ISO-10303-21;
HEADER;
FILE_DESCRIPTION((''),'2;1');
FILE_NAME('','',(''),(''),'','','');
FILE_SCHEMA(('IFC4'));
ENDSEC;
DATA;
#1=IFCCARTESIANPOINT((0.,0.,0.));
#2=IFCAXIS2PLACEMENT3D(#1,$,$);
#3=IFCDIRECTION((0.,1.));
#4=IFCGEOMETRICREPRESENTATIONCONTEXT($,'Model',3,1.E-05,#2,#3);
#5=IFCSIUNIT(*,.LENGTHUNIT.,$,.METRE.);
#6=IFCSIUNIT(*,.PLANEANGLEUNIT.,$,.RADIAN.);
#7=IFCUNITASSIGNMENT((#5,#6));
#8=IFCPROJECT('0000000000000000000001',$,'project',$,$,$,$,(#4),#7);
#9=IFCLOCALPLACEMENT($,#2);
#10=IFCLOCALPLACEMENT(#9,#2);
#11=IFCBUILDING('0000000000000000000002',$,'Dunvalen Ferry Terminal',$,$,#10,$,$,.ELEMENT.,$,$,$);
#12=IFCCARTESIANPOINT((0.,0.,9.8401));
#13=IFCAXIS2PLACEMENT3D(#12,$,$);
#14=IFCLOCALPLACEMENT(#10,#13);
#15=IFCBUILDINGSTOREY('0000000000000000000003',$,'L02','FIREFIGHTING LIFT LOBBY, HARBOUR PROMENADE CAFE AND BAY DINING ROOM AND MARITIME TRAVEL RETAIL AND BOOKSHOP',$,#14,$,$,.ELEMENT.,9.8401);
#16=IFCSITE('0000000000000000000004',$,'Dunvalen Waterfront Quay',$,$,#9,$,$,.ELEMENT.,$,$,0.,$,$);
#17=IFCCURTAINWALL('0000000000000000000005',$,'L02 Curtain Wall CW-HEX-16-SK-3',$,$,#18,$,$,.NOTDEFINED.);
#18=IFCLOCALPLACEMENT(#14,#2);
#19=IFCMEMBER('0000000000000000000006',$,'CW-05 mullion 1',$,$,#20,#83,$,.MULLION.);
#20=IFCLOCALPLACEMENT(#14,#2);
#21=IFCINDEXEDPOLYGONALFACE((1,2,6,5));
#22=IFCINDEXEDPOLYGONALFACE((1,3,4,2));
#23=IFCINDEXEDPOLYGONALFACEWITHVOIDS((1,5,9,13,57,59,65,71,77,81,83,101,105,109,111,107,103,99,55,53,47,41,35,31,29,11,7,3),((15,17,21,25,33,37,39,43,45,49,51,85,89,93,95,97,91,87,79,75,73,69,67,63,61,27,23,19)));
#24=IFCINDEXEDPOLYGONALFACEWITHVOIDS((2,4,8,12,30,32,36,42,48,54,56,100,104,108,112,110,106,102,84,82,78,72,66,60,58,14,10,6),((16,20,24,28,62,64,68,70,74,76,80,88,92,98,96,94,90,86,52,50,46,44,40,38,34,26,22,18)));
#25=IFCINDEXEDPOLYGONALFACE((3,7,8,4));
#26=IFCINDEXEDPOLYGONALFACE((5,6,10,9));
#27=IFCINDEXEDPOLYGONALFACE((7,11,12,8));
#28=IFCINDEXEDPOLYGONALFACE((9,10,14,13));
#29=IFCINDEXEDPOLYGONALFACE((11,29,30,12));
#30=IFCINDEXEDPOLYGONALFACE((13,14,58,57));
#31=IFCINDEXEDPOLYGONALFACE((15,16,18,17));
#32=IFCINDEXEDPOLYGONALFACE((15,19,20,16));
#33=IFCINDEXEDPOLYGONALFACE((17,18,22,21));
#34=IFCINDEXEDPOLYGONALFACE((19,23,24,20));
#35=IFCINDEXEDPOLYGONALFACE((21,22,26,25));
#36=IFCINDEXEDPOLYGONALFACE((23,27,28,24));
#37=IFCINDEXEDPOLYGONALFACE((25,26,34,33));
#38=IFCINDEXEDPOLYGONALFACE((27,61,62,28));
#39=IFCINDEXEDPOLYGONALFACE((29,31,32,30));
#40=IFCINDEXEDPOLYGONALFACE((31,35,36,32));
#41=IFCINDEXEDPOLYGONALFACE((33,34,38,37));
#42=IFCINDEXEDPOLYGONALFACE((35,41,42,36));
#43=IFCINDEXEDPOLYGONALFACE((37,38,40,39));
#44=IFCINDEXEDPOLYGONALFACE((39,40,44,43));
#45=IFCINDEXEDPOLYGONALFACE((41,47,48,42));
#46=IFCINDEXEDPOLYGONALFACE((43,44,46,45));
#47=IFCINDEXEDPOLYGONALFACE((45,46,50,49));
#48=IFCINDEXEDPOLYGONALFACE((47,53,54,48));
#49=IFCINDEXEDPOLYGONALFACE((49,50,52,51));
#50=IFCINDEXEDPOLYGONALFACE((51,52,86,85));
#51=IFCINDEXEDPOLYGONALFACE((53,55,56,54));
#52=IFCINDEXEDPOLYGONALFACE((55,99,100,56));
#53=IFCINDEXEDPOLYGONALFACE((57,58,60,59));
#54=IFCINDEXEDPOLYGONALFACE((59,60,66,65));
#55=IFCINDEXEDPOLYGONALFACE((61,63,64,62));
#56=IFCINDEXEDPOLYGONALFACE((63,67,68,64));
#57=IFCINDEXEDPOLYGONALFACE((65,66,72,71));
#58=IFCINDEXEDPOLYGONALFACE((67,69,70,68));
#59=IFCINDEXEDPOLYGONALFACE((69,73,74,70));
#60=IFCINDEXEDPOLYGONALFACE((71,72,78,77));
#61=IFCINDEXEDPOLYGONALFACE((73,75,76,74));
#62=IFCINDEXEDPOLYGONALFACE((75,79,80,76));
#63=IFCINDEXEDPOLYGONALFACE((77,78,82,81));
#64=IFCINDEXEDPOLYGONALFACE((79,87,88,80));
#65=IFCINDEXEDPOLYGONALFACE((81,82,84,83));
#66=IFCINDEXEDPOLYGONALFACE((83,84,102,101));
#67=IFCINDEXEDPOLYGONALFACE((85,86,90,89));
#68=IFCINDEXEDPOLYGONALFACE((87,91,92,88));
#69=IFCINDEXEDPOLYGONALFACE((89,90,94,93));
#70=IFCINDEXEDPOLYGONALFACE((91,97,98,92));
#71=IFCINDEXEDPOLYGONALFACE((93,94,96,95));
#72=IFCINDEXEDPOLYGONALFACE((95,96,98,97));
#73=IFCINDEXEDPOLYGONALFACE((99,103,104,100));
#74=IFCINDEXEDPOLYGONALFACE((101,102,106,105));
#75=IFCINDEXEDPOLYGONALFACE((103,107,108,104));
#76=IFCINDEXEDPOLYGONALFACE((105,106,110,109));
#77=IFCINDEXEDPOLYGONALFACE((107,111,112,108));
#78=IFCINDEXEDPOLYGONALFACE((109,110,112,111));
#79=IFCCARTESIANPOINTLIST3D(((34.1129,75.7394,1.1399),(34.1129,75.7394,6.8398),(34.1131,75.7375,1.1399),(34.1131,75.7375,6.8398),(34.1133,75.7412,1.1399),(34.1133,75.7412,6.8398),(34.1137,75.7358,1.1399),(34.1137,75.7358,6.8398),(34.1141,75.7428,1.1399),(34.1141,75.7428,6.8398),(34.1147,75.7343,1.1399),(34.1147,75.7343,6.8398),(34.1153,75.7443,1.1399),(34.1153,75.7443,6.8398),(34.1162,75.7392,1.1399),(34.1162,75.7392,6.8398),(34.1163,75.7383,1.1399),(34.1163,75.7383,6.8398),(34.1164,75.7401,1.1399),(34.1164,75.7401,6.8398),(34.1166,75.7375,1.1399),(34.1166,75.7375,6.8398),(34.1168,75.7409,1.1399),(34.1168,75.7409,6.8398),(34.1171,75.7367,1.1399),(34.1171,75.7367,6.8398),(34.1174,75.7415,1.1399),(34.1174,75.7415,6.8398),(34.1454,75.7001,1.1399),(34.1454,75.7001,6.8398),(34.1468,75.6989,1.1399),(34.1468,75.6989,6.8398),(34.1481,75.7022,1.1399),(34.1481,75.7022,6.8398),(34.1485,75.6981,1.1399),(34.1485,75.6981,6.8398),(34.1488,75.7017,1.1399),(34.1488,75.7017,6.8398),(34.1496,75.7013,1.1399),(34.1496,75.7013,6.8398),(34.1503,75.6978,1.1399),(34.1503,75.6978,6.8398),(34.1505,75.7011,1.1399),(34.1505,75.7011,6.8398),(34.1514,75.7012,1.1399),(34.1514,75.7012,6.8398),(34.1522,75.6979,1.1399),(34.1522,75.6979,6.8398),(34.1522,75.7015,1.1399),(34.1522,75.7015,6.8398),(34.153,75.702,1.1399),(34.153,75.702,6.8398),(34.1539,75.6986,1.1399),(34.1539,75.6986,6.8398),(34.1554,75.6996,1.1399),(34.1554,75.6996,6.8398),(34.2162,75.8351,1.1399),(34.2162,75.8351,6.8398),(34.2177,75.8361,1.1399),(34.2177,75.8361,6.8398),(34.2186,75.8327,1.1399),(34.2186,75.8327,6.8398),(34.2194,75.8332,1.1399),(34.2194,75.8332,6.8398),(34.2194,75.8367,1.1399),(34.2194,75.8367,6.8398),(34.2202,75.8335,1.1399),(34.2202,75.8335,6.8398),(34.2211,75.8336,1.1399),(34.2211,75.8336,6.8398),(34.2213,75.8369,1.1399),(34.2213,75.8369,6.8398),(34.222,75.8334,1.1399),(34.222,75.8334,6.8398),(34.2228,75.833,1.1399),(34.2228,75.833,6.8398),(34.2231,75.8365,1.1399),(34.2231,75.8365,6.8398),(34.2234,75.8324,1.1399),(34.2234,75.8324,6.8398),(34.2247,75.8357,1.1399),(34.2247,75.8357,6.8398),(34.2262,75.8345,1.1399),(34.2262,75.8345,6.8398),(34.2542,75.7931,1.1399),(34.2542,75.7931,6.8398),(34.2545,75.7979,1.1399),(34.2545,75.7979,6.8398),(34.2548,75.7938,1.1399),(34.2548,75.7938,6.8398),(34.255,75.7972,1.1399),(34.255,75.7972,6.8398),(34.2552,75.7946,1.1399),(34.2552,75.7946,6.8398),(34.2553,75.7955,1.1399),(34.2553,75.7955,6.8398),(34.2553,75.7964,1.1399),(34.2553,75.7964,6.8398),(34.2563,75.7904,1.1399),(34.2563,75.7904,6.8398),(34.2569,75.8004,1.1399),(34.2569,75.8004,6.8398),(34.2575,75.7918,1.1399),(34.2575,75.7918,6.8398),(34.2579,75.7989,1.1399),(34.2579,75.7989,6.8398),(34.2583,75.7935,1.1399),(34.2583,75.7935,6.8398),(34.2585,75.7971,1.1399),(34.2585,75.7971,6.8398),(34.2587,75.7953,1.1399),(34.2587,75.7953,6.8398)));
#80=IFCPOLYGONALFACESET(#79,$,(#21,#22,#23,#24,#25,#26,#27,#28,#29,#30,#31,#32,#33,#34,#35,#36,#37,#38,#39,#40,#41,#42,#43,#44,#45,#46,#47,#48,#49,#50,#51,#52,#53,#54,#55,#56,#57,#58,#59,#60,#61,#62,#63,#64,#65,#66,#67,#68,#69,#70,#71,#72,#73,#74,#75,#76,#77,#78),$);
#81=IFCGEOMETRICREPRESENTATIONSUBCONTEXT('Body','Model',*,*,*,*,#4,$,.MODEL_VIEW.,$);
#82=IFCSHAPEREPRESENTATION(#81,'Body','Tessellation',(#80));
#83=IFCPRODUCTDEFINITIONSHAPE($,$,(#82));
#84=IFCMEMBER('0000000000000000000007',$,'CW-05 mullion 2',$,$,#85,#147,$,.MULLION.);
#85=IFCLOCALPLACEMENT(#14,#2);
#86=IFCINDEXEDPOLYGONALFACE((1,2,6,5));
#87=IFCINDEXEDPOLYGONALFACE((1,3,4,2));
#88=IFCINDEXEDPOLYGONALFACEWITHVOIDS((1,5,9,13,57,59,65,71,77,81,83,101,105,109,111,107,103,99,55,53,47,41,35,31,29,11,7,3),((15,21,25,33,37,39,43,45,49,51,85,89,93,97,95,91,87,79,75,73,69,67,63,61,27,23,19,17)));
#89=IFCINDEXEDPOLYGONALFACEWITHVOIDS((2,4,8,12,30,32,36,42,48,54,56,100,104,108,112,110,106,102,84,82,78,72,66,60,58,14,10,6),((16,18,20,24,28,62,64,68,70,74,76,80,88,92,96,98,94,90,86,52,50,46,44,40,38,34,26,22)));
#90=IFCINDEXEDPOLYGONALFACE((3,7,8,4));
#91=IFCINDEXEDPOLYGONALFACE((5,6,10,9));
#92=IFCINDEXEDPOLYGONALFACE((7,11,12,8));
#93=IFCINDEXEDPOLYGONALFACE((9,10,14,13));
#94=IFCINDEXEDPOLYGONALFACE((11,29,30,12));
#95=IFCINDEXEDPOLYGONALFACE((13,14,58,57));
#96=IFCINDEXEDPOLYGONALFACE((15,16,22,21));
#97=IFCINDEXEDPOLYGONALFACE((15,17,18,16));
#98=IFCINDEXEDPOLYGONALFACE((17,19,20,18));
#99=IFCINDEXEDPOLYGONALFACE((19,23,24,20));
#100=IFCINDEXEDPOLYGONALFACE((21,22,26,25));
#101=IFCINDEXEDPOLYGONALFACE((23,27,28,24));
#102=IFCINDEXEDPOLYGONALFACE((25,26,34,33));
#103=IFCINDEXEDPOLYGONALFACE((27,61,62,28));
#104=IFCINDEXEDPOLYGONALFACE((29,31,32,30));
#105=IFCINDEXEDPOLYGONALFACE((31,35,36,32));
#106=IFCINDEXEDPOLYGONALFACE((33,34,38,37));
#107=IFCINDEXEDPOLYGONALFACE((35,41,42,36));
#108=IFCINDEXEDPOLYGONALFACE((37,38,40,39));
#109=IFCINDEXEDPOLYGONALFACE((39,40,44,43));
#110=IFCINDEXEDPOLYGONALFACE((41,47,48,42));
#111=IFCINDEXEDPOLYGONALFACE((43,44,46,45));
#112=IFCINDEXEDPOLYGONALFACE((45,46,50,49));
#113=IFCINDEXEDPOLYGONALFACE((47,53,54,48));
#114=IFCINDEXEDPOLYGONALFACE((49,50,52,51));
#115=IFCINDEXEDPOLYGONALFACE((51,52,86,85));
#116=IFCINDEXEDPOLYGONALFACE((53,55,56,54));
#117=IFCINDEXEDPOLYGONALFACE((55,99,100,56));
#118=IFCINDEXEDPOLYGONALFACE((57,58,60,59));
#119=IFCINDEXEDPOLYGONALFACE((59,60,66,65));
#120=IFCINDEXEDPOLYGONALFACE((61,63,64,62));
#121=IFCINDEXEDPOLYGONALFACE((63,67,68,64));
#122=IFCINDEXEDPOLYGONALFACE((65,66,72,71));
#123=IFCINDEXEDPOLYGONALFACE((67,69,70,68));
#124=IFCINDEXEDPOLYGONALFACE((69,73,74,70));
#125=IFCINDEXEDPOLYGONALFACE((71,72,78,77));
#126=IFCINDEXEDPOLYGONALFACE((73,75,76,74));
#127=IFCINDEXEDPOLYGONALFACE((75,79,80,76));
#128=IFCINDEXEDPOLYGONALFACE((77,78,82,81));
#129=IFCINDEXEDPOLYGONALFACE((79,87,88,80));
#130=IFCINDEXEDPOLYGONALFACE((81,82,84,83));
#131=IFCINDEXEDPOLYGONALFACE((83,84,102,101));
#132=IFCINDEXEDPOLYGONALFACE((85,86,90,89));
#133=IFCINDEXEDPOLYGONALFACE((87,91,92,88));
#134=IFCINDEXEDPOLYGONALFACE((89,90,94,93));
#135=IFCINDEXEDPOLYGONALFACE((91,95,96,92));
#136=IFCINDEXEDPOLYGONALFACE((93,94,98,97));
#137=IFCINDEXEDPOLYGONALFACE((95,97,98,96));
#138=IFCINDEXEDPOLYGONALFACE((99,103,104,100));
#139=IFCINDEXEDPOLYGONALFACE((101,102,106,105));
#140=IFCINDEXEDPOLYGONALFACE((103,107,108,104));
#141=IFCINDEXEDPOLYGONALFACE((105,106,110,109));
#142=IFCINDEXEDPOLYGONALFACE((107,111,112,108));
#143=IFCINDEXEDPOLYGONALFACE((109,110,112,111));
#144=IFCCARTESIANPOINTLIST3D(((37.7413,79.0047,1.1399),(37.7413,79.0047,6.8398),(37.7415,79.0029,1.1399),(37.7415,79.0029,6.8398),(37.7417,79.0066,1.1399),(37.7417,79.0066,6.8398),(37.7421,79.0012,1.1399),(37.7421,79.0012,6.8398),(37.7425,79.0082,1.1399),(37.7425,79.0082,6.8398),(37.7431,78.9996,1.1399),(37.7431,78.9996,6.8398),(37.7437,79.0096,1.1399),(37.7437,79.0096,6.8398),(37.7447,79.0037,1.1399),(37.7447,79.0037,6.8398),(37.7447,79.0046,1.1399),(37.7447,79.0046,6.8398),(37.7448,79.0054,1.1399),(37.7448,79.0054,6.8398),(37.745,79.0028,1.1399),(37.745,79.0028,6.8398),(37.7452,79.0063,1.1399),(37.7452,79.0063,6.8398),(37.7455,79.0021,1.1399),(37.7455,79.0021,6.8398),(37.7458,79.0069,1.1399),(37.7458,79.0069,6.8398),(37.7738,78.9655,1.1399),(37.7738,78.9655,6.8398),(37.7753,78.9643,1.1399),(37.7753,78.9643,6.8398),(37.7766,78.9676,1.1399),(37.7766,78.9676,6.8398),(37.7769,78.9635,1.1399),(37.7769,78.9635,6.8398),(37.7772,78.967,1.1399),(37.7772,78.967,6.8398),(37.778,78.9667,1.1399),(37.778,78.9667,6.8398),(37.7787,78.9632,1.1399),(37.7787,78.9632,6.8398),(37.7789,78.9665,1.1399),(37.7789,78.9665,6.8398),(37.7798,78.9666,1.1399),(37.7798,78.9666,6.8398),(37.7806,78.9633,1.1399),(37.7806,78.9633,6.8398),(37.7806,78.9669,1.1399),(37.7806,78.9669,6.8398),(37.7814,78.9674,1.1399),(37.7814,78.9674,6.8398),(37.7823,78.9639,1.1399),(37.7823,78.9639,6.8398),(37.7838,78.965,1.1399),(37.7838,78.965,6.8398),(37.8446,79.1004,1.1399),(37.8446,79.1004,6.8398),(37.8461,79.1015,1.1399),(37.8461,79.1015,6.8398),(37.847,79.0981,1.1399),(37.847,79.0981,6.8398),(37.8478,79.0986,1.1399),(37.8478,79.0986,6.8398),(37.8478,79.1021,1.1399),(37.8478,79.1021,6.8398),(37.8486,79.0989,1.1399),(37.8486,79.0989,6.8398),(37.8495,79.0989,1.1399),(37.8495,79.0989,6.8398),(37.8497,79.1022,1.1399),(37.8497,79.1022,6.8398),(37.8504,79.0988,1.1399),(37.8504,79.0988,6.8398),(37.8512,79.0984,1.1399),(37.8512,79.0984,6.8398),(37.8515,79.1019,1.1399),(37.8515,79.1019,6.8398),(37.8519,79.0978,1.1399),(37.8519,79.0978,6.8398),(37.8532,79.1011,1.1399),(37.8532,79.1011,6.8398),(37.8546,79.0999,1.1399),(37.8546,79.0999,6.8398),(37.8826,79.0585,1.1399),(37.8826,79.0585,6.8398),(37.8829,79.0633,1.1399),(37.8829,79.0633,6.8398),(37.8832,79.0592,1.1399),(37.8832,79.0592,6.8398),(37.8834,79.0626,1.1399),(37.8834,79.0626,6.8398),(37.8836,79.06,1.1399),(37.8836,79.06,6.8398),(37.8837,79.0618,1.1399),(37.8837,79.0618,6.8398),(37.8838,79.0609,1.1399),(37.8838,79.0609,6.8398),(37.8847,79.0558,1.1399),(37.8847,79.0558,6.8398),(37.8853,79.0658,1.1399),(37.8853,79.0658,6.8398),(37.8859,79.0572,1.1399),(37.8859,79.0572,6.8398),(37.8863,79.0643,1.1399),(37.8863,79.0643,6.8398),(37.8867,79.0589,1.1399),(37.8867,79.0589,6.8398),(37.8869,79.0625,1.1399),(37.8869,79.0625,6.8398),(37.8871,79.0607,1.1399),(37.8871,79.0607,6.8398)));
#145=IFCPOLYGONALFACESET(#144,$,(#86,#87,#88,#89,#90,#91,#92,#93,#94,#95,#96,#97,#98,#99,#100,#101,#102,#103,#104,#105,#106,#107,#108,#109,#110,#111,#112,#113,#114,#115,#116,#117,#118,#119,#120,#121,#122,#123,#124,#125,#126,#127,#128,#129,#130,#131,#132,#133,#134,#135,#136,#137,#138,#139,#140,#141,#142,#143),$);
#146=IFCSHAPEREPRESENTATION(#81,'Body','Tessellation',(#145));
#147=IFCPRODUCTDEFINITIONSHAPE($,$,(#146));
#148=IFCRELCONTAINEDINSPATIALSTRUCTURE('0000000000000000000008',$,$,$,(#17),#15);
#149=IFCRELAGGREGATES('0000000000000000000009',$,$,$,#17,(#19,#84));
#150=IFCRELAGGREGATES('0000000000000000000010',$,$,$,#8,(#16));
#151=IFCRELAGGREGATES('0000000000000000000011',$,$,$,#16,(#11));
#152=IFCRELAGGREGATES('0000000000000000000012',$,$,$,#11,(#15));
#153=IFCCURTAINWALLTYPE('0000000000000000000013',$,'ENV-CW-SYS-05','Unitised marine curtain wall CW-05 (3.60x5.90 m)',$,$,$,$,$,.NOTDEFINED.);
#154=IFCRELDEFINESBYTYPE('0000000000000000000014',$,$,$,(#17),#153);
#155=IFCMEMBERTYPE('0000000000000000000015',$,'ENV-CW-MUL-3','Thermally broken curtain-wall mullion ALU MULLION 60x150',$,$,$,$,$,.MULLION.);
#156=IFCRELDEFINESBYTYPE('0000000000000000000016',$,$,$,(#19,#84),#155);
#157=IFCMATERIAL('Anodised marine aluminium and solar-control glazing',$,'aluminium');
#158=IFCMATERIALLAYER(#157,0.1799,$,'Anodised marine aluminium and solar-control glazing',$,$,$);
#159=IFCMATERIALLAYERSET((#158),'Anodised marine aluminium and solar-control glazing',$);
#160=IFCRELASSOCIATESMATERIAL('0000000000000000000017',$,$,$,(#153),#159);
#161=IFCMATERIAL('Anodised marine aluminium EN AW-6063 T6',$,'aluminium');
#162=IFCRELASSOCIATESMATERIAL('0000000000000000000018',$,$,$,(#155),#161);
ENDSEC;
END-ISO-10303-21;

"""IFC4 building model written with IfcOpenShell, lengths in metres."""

from ifc_helpers import new_model, si_unit, direction, frame, origin, origin_2d, place, context, subcontext, project, spatial, hollow_rectangle, extrude, material, layer, layer_set, material_profile, profile_set, type_object, element, aggregate, save


model = new_model("IFC4")

# Units and contexts
model_context = context("Model", 3, precision=1e-05, world=origin(), true_north=direction((0.0, 1.0)))
body_context = subcontext(model_context, "Body", "Model", "MODEL_VIEW")
ifc_project = project(units=[si_unit("LENGTHUNIT", "METRE"), si_unit("PLANEANGLEUNIT", "RADIAN")], contexts=[model_context])

# Site, building, storey
site_placement = place(None, origin())
site = spatial("IfcSite", under=ifc_project, at=site_placement, Name="Dunvalen Waterfront Quay", CompositionType="ELEMENT", RefElevation=0.0)
building_placement = place(site_placement, origin())
building = spatial("IfcBuilding", under=site, at=building_placement, Name="Dunvalen Ferry Terminal", CompositionType="ELEMENT")
storey_placement = place(building_placement, frame((0.0, 0.0, 9.8401)))
storey = spatial("IfcBuildingStorey", under=building, at=storey_placement, Name="L02", Description="FIREFIGHTING LIFT LOBBY, HARBOUR PROMENADE CAFE AND BAY DINING ROOM AND MARITIME TRAVEL RETAIL AND BOOKSHOP", CompositionType="ELEMENT", Elevation=9.8401)

# Curtain wall, members
ifc_material_1 = material(Name="Anodised marine aluminium and solar-control glazing", Category="aluminium")
ifc_layer_1 = layer(ifc_material_1, 0.1799, Name="Anodised marine aluminium and solar-control glazing")
ifc_layer_set_1 = layer_set([ifc_layer_1], Name="Anodised marine aluminium and solar-control glazing")
curtain_wall_type_1 = type_object("IfcCurtainWallType", Name="ENV-CW-SYS-05", Description="Unitised marine curtain wall CW-05 (3.60x5.90 m)", PredefinedType="NOTDEFINED", material=ifc_layer_set_1)
curtain_wall_1_placement = place(storey_placement, origin())
curtain_wall_1 = element("IfcCurtainWall", 1, at=curtain_wall_1_placement, inside=storey, type_object=curtain_wall_type_1, Name="L02 Curtain Wall CW-HEX-16-SK-3", PredefinedType="NOTDEFINED")
ifc_material_2 = material(Name="Anodised marine aluminium EN AW-6063 T6", Category="aluminium")
ifc_material_profile_1 = material_profile(ifc_material_2, hollow_rectangle(XDim=0.0601, YDim=0.1499, WallThickness=0.0034, InnerFilletRadius=0.0034, OuterFilletRadius=0.0071, at=origin_2d()), Name="Anodised marine aluminium EN AW-6063 T6")
ifc_profile_set_1 = profile_set([ifc_material_profile_1], Name="Anodised marine aluminium EN AW-6063 T6")
member_type_1 = type_object("IfcMemberType", Name="ENV-CW-MUL-3", Description="Thermally broken curtain-wall mullion ALU MULLION 60x150", PredefinedType="MULLION", material=ifc_profile_set_1)
member_1_placement = place(storey_placement, frame((34.1858, 75.7673, 1.1399), z_axis=(0.0, 0.0, 1.0), x_axis=(-0.668954, 0.743304, 0.0)))
member_1 = element("IfcMember", 2, at=member_1_placement, type_object=member_type_1, Name="CW-05 mullion 1", PredefinedType="MULLION", context=body_context, shape_type="SweptSolid", body=[
    extrude(hollow_rectangle(XDim=0.0601, YDim=0.1499, WallThickness=0.0034, InnerFilletRadius=0.0034, OuterFilletRadius=0.0071, at=origin_2d()), origin(), (0.0, 0.0, 1.0), 5.7),
])
member_2_placement = place(storey_placement, frame((37.8142, 79.0327, 1.1399), z_axis=(0.0, 0.0, 1.0), x_axis=(-0.668954, 0.743304, 0.0)))
member_2 = element("IfcMember", 3, at=member_2_placement, type_object=member_type_1, Name="CW-05 mullion 2", PredefinedType="MULLION", context=body_context, shape_type="SweptSolid", body=[
    extrude(hollow_rectangle(XDim=0.0601, YDim=0.1499, WallThickness=0.0034, InnerFilletRadius=0.0034, OuterFilletRadius=0.0071, at=origin_2d()), origin(), (0.0, 0.0, 1.0), 5.7),
])

aggregate(curtain_wall_1, [member_1, member_2])

save(model, "model.ifc")
